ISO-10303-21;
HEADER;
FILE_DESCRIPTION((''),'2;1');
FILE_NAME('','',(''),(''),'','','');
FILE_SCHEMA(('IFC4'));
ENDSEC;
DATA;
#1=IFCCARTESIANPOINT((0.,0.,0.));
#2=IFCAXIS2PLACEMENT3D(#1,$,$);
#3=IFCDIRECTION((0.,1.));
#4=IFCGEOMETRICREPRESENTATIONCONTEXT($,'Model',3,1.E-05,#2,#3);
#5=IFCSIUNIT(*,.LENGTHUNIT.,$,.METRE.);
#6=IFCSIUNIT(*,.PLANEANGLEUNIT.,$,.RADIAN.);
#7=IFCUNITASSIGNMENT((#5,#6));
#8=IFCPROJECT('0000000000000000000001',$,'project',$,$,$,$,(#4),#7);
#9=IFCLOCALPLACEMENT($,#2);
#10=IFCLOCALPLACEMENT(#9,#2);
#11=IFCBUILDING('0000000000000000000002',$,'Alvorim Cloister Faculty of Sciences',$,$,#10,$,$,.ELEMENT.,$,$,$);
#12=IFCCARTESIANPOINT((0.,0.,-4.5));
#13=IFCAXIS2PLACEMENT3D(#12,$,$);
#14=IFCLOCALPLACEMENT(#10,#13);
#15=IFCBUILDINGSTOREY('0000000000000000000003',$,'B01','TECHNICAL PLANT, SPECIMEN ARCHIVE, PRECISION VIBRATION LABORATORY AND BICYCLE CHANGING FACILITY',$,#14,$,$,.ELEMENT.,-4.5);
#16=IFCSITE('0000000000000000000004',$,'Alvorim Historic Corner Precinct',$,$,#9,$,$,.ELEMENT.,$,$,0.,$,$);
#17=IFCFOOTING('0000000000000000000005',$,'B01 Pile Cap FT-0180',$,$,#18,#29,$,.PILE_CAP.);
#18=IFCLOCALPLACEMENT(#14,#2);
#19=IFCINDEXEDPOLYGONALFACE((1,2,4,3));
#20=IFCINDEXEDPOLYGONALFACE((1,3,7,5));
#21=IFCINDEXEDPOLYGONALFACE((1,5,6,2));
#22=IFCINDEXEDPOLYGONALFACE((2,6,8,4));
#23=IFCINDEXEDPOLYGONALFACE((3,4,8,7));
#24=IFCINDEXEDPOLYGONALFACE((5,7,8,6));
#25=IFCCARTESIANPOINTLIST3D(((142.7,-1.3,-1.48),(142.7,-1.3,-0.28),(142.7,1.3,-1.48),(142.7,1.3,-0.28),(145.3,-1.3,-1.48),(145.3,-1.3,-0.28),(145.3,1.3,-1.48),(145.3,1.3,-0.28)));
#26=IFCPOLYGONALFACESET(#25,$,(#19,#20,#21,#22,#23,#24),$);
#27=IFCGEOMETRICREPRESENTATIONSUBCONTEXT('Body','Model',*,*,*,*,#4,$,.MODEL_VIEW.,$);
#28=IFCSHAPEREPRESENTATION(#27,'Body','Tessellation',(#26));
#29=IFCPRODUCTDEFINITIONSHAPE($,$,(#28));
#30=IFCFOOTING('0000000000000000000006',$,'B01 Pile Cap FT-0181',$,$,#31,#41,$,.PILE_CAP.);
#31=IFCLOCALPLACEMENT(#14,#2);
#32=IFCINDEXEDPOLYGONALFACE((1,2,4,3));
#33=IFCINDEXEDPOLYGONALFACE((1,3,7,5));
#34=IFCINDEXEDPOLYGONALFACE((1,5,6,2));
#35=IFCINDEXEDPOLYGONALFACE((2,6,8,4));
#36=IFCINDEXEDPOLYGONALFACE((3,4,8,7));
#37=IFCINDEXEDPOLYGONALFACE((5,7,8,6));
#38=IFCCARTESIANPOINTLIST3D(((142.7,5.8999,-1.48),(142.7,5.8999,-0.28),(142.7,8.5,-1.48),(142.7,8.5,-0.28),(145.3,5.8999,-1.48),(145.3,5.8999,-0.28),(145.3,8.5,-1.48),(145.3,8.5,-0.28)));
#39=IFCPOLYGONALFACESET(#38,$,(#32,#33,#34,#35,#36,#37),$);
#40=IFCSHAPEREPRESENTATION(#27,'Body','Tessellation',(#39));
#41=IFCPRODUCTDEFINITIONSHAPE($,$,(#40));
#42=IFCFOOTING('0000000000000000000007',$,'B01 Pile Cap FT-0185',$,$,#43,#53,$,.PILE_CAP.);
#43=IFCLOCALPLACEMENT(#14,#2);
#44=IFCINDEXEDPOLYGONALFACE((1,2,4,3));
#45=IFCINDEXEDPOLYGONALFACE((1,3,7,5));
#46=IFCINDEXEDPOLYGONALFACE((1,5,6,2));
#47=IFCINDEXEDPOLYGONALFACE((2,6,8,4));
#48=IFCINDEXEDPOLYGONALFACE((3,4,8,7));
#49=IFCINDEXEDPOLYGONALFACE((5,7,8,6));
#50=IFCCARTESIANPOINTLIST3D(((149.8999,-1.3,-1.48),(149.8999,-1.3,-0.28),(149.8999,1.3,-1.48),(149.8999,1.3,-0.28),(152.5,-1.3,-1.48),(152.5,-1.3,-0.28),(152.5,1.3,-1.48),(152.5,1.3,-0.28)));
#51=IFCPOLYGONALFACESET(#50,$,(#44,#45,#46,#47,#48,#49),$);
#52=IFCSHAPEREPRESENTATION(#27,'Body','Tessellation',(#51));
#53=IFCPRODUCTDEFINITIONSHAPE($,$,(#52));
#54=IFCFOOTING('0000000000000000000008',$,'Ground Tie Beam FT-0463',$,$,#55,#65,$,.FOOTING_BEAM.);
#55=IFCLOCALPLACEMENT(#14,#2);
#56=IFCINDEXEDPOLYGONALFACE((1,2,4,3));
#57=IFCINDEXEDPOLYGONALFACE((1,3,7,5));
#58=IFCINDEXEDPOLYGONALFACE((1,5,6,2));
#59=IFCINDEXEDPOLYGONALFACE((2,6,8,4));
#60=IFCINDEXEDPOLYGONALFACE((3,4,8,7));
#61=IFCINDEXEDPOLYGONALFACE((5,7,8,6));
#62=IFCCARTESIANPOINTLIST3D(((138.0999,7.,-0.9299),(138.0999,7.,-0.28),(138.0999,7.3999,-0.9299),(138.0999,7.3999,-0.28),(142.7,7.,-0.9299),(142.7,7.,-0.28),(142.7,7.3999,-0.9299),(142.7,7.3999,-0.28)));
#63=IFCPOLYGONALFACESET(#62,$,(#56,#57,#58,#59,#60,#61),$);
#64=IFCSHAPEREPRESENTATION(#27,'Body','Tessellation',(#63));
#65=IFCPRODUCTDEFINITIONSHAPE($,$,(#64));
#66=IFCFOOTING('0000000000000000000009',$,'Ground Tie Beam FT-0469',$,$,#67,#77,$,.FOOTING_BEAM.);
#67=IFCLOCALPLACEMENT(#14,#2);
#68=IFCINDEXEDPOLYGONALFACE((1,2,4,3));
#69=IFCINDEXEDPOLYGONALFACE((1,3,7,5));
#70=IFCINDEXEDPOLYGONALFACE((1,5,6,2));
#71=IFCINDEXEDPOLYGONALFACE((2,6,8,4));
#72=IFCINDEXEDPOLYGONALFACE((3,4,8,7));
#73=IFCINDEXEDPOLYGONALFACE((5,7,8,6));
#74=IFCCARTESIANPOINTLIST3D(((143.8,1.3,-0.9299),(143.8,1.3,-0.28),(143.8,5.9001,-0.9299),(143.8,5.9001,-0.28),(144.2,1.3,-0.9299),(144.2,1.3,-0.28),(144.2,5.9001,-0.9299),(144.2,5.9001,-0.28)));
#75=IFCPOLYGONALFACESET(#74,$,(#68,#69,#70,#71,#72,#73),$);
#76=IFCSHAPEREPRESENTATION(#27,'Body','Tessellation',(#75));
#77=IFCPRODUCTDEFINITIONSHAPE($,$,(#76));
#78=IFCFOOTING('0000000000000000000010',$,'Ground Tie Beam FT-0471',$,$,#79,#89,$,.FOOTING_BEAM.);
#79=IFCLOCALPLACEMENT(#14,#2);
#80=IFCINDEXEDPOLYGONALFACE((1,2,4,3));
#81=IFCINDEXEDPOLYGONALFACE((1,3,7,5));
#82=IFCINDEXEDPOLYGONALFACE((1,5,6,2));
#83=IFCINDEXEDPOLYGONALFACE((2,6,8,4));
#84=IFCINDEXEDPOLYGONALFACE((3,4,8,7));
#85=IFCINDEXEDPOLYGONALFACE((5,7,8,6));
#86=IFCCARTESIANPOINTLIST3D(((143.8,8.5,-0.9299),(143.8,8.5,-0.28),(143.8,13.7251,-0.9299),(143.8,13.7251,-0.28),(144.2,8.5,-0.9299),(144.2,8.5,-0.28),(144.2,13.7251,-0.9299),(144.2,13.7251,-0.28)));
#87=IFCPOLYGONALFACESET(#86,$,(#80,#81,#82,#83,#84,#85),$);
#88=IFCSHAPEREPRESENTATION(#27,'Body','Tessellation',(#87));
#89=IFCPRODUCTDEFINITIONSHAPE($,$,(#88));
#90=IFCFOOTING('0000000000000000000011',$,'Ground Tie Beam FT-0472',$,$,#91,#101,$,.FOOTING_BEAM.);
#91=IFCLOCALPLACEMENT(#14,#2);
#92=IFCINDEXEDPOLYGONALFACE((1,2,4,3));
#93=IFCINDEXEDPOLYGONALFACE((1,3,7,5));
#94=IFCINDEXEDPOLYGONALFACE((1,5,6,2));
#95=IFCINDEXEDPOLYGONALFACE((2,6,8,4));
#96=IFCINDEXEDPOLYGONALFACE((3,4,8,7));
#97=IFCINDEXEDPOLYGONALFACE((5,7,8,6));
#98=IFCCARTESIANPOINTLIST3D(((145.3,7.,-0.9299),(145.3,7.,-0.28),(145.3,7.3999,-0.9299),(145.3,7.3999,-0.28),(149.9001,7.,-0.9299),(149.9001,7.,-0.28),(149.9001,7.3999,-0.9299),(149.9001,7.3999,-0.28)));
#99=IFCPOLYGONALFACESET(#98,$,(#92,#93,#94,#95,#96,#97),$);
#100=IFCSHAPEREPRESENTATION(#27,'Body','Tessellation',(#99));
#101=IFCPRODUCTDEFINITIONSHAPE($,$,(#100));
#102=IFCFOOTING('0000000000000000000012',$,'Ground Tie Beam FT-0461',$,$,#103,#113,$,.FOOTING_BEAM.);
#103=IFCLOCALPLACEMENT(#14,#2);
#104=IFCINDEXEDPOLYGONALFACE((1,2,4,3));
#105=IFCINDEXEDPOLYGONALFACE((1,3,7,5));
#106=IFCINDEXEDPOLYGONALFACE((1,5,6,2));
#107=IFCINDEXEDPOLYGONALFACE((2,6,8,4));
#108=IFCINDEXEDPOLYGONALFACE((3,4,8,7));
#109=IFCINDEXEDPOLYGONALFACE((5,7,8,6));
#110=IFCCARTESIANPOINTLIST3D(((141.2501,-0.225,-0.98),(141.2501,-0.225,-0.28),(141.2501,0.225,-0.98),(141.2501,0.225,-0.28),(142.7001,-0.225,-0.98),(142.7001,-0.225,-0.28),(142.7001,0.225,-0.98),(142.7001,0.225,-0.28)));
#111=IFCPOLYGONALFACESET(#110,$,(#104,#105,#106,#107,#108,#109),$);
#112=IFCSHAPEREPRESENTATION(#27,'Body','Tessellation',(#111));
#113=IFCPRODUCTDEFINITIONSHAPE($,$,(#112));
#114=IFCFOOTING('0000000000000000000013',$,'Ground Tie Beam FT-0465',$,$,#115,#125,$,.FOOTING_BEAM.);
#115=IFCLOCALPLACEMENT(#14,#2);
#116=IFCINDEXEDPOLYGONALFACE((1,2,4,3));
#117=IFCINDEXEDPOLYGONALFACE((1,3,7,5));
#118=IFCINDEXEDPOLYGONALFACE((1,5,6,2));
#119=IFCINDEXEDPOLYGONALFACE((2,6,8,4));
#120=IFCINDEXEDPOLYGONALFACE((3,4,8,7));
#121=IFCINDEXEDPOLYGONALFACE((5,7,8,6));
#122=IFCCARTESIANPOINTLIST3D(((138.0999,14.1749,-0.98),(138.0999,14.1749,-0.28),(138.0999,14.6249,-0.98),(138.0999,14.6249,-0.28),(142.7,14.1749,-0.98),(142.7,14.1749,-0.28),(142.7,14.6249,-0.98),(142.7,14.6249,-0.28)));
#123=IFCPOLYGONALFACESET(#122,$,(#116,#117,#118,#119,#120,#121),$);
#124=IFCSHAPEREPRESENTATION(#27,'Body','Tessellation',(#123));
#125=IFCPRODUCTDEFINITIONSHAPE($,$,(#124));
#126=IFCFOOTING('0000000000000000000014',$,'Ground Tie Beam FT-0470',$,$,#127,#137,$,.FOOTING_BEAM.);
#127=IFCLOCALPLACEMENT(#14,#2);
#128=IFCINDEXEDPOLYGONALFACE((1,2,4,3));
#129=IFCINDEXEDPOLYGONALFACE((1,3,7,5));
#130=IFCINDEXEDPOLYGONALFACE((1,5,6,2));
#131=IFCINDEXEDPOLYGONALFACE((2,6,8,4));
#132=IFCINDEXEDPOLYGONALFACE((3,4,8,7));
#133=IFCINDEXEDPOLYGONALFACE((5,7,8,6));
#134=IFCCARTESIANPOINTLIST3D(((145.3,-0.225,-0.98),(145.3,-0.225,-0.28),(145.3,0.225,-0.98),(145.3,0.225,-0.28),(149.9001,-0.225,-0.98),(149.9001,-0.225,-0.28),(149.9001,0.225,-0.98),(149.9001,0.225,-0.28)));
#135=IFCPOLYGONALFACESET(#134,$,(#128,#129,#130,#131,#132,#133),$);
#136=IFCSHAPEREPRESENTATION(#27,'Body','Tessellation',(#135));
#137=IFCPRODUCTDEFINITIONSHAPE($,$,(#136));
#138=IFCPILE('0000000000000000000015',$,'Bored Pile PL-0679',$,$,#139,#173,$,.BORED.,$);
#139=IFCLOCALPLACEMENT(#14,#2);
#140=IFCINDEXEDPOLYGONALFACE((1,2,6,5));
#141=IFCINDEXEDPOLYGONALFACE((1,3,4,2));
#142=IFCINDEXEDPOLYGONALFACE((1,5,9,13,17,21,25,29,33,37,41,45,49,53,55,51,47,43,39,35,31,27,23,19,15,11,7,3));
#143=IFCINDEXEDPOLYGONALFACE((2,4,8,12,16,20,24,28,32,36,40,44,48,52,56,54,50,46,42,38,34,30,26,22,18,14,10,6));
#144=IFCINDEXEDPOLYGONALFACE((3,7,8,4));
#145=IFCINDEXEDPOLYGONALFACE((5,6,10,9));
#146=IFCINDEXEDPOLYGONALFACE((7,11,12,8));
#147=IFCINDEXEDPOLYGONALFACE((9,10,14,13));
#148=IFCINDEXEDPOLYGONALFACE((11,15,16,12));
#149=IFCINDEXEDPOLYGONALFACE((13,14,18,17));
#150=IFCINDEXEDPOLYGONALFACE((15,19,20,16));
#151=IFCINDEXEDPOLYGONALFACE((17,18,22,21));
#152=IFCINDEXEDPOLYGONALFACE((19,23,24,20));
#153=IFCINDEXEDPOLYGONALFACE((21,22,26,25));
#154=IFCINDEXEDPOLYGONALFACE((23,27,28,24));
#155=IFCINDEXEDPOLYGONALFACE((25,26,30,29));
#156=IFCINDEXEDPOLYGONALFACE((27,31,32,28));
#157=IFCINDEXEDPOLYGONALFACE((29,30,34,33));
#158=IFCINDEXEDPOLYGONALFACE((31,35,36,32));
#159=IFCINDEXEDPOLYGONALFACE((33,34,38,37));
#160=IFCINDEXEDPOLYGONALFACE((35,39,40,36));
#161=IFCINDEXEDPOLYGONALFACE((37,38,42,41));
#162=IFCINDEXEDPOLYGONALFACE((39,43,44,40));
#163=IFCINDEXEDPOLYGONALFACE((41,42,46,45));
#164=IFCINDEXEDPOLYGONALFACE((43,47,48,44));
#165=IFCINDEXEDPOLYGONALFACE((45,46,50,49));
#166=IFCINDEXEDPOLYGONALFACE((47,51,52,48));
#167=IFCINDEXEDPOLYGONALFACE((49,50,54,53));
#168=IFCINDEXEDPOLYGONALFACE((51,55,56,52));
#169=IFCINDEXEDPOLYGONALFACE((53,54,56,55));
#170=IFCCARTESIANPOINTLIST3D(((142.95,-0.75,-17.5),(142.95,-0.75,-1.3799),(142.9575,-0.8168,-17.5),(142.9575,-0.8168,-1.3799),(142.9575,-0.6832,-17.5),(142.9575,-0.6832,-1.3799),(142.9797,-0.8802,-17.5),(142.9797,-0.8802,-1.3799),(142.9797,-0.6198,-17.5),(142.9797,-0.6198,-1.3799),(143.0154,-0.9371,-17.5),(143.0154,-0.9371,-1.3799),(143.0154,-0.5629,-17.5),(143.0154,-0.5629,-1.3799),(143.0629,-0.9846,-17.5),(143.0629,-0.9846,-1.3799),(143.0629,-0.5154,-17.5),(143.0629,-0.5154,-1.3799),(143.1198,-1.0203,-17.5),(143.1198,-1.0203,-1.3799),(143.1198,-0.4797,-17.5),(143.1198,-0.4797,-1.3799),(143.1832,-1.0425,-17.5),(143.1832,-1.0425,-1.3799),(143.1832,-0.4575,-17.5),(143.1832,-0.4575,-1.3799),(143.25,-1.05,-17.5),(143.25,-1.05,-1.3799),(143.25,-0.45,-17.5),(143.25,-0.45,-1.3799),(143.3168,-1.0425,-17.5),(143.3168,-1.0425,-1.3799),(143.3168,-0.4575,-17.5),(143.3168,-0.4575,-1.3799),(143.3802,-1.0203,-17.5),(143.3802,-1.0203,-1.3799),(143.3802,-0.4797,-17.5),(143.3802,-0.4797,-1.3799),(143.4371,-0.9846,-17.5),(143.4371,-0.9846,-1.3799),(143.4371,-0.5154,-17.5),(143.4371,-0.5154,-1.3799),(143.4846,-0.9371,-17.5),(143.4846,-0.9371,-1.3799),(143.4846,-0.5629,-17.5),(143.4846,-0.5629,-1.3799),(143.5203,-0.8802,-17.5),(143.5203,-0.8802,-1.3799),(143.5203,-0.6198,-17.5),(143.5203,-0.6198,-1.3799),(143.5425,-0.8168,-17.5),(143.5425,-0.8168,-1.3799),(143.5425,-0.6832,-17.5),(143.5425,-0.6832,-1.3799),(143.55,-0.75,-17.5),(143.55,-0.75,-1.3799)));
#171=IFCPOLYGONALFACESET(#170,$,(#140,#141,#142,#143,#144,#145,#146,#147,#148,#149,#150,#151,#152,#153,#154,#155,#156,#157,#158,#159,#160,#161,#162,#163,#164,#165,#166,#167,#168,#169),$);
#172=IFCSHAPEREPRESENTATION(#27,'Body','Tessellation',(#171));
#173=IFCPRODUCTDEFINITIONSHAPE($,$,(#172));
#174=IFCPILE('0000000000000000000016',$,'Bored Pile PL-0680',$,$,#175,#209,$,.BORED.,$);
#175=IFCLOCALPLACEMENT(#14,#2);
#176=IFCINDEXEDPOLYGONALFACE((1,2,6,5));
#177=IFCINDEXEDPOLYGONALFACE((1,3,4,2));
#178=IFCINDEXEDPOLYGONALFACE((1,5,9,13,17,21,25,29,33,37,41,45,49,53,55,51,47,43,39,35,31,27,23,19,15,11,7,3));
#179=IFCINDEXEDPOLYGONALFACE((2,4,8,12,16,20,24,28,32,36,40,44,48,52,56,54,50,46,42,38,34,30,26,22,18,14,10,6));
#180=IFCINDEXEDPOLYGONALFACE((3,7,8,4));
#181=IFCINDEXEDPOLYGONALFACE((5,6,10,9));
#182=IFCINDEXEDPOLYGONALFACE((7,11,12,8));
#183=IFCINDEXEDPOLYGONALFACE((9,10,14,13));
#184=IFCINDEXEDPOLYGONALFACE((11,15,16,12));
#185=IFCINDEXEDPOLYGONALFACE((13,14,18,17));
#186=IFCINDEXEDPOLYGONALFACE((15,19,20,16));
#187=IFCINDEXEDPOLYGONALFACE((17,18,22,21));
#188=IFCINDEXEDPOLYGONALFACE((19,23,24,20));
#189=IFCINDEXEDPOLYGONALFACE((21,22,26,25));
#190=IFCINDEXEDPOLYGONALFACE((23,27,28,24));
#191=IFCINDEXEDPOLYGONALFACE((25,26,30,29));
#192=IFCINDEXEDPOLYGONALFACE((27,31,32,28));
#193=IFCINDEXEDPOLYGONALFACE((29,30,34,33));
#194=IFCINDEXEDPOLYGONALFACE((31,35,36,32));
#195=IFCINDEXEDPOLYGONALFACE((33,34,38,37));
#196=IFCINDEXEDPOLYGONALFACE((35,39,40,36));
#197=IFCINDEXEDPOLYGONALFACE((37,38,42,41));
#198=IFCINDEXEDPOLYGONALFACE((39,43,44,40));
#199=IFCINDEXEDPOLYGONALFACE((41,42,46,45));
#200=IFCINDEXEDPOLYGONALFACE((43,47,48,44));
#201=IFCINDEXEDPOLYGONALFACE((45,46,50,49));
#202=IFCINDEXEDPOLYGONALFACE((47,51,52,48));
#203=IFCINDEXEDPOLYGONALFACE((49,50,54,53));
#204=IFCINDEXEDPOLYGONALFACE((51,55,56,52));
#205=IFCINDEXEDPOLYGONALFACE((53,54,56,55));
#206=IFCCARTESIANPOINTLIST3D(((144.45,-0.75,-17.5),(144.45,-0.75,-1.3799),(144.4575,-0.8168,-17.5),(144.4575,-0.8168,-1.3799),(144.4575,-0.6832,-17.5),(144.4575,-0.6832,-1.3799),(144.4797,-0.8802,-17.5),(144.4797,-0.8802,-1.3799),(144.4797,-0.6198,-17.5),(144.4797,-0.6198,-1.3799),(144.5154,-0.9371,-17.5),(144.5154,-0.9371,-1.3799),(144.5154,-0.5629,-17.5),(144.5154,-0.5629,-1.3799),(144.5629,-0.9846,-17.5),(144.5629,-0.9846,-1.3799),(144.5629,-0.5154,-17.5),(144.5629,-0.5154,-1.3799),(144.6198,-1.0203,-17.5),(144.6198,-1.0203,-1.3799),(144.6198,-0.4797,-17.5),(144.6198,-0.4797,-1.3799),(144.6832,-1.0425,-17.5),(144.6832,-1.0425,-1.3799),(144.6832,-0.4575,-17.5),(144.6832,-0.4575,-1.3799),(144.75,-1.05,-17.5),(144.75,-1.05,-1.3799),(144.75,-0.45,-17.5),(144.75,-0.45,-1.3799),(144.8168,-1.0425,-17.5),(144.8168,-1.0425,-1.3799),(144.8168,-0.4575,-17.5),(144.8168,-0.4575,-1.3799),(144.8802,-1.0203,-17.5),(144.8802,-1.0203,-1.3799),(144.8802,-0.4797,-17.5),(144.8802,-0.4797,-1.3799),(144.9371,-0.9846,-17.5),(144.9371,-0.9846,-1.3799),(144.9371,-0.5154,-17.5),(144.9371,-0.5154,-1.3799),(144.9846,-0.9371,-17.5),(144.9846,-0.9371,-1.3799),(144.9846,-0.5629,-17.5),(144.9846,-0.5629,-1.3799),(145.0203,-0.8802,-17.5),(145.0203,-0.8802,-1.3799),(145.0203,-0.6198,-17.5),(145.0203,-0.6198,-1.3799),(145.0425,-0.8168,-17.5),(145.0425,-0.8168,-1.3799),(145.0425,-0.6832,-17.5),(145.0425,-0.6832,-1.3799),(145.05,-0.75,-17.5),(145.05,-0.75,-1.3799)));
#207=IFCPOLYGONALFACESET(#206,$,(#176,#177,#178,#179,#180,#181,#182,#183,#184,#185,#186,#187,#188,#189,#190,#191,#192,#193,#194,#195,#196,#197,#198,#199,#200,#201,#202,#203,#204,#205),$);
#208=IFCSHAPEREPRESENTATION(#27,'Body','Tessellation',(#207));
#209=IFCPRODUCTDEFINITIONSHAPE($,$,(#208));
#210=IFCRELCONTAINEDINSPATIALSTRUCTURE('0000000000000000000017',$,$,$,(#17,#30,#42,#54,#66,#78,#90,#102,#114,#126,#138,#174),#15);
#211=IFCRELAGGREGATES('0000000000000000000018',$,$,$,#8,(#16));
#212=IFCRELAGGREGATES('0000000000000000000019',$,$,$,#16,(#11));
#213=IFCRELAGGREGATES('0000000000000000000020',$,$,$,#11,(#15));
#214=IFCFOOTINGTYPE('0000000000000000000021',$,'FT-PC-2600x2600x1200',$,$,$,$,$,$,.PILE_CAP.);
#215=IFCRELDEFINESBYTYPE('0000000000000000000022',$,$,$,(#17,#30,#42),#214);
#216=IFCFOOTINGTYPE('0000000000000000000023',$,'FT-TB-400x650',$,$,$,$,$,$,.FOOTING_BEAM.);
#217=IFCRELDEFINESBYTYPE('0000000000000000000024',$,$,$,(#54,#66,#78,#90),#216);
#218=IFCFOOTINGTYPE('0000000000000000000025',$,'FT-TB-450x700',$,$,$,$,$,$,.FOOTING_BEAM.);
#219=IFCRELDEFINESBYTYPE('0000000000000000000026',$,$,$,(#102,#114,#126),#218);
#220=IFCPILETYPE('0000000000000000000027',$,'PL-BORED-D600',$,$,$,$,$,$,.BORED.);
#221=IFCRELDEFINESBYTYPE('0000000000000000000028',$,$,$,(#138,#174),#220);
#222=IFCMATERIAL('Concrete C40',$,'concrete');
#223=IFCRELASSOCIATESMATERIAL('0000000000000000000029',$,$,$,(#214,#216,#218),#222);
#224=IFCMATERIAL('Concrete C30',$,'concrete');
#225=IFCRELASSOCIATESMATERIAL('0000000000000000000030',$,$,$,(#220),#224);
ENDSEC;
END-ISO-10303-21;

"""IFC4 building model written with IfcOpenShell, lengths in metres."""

from ifc_helpers import new_model, si_unit, direction, frame, origin, origin_2d, place, context, subcontext, project, spatial, rectangle, circle, extrude, material, material_profile, profile_set, type_object, element, save


model = new_model("IFC4")

# Units and contexts
model_context = context("Model", 3, precision=1e-05, world=origin(), true_north=direction((0.0, 1.0)))
body_context = subcontext(model_context, "Body", "Model", "MODEL_VIEW")
ifc_project = project(units=[si_unit("LENGTHUNIT", "METRE"), si_unit("PLANEANGLEUNIT", "RADIAN")], contexts=[model_context])

# Site, building, storey
site_placement = place(None, origin())
site = spatial("IfcSite", under=ifc_project, at=site_placement, Name="Alvorim Historic Corner Precinct", CompositionType="ELEMENT", RefElevation=0.0)
building_placement = place(site_placement, origin())
building = spatial("IfcBuilding", under=site, at=building_placement, Name="Alvorim Cloister Faculty of Sciences", CompositionType="ELEMENT")
storey_placement = place(building_placement, frame((0.0, 0.0, -4.5)))
storey = spatial("IfcBuildingStorey", under=building, at=storey_placement, Name="B01", Description="TECHNICAL PLANT, SPECIMEN ARCHIVE, PRECISION VIBRATION LABORATORY AND BICYCLE CHANGING FACILITY", CompositionType="ELEMENT", Elevation=-4.5)

# Footings
ifc_material_1 = material(Name="Concrete C40", Category="concrete")
footing_type_1 = type_object("IfcFootingType", Name="FT-PC-2600x2600x1200", PredefinedType="PILE_CAP", material=ifc_material_1)
for number, where, z_axis, x_axis, name in (
    (1, (144.0, 0.0, -1.48), (0.0, 0.0, 1.0), (1.0, 0.0, 0.0), "B01 Pile Cap FT-0180"),
    (2, (144.0, 7.2, -1.48), (0.0, 0.0, 1.0), (1.0, 0.0, 0.0), "B01 Pile Cap FT-0181"),
    (3, (151.2, 0.0, -1.48), (0.0, 0.0, 1.0), (1.0, 0.0, 0.0), "B01 Pile Cap FT-0185"),
):
    element("IfcFooting", number, at=place(storey_placement, frame(where, z_axis=z_axis, x_axis=x_axis)), inside=storey, type_object=footing_type_1, Name=name, PredefinedType="PILE_CAP", context=body_context, shape_type="SweptSolid", body=[
        extrude(rectangle(XDim=2.6001, YDim=2.6001, at=origin_2d()), origin(), (0.0, 0.0, 1.0), 1.2),
    ])
footing_type_2 = type_object("IfcFootingType", Name="FT-TB-400x650", PredefinedType="FOOTING_BEAM", material=ifc_material_1)
footing_1_placement = place(storey_placement, frame((140.3999, 7.2, -0.9299), z_axis=(0.0, 0.0, 1.0), x_axis=(1.0, 0.0, 0.0)))
element("IfcFooting", 4, at=footing_1_placement, inside=storey, type_object=footing_type_2, Name="Ground Tie Beam FT-0463", PredefinedType="FOOTING_BEAM", context=body_context, shape_type="SweptSolid", body=[
    extrude(rectangle(XDim=4.6001, YDim=0.3999, at=origin_2d()), origin(), (0.0, 0.0, 1.0), 0.6499),
])
footing_2_placement = place(storey_placement, frame((144.0, 3.6001, -0.9299), z_axis=(0.0, 0.0, 1.0), x_axis=(1.0, 0.0, 0.0)))
element("IfcFooting", 5, at=footing_2_placement, inside=storey, type_object=footing_type_2, Name="Ground Tie Beam FT-0469", PredefinedType="FOOTING_BEAM", context=body_context, shape_type="SweptSolid", body=[
    extrude(rectangle(XDim=0.3999, YDim=4.6001, at=origin_2d()), origin(), (0.0, 0.0, 1.0), 0.6499),
])
footing_3_placement = place(storey_placement, frame((144.0, 11.1125, -0.9299), z_axis=(0.0, 0.0, 1.0), x_axis=(1.0, 0.0, 0.0)))
element("IfcFooting", 6, at=footing_3_placement, inside=storey, type_object=footing_type_2, Name="Ground Tie Beam FT-0471", PredefinedType="FOOTING_BEAM", context=body_context, shape_type="SweptSolid", body=[
    extrude(rectangle(XDim=0.3999, YDim=5.2251, at=origin_2d()), origin(), (0.0, 0.0, 1.0), 0.6499),
])
footing_4_placement = place(storey_placement, frame((147.6001, 7.2, -0.9299), z_axis=(0.0, 0.0, 1.0), x_axis=(1.0, 0.0, 0.0)))
element("IfcFooting", 7, at=footing_4_placement, inside=storey, type_object=footing_type_2, Name="Ground Tie Beam FT-0472", PredefinedType="FOOTING_BEAM", context=body_context, shape_type="SweptSolid", body=[
    extrude(rectangle(XDim=4.6001, YDim=0.3999, at=origin_2d()), origin(), (0.0, 0.0, 1.0), 0.6499),
])
footing_type_3 = type_object("IfcFootingType", Name="FT-TB-450x700", PredefinedType="FOOTING_BEAM", material=ifc_material_1)
footing_5_placement = place(storey_placement, frame((141.9751, 0.0, -0.98), z_axis=(0.0, 0.0, 1.0), x_axis=(1.0, 0.0, 0.0)))
element("IfcFooting", 8, at=footing_5_placement, inside=storey, type_object=footing_type_3, Name="Ground Tie Beam FT-0461", PredefinedType="FOOTING_BEAM", context=body_context, shape_type="SweptSolid", body=[
    extrude(rectangle(XDim=1.45, YDim=0.45, at=origin_2d()), origin(), (0.0, 0.0, 1.0), 0.7),
])
for number, where, z_axis, x_axis, name in (
    (9, (140.3999, 14.3999, -0.98), (0.0, 0.0, 1.0), (1.0, 0.0, 0.0), "Ground Tie Beam FT-0465"),
    (10, (147.6001, 0.0, -0.98), (0.0, 0.0, 1.0), (1.0, 0.0, 0.0), "Ground Tie Beam FT-0470"),
):
    element("IfcFooting", number, at=place(storey_placement, frame(where, z_axis=z_axis, x_axis=x_axis)), inside=storey, type_object=footing_type_3, Name=name, PredefinedType="FOOTING_BEAM", context=body_context, shape_type="SweptSolid", body=[
        extrude(rectangle(XDim=4.6001, YDim=0.45, at=origin_2d()), origin(), (0.0, 0.0, 1.0), 0.7),
    ])

# Piles
ifc_material_2 = material(Name="Concrete C30", Category="concrete")
ifc_material_profile_1 = material_profile(ifc_material_2, circle(Radius=0.3, at=origin_2d()), Name="PILE-D600")
ifc_profile_set_1 = profile_set([ifc_material_profile_1], Name="Concrete C30")
pile_type = type_object("IfcPileType", Name="PL-BORED-D600", PredefinedType="BORED", material=ifc_profile_set_1)
for number, where, z_axis, x_axis, name in (
    (11, (143.25, -0.75, -1.3799), (0.0, 0.0, -1.0), (1.0, 0.0, 0.0), "Bored Pile PL-0679"),
    (12, (144.75, -0.75, -1.3799), (0.0, 0.0, -1.0), (1.0, 0.0, 0.0), "Bored Pile PL-0680"),
):
    element("IfcPile", number, at=place(storey_placement, frame(where, z_axis=z_axis, x_axis=x_axis)), inside=storey, type_object=pile_type, Name=name, PredefinedType="BORED", context=body_context, shape_type="SweptSolid", body=[
        extrude(circle(Radius=0.3, at=origin_2d()), origin(), (0.0, 0.0, 1.0), 16.1201),
    ])

save(model, "model.ifc")
